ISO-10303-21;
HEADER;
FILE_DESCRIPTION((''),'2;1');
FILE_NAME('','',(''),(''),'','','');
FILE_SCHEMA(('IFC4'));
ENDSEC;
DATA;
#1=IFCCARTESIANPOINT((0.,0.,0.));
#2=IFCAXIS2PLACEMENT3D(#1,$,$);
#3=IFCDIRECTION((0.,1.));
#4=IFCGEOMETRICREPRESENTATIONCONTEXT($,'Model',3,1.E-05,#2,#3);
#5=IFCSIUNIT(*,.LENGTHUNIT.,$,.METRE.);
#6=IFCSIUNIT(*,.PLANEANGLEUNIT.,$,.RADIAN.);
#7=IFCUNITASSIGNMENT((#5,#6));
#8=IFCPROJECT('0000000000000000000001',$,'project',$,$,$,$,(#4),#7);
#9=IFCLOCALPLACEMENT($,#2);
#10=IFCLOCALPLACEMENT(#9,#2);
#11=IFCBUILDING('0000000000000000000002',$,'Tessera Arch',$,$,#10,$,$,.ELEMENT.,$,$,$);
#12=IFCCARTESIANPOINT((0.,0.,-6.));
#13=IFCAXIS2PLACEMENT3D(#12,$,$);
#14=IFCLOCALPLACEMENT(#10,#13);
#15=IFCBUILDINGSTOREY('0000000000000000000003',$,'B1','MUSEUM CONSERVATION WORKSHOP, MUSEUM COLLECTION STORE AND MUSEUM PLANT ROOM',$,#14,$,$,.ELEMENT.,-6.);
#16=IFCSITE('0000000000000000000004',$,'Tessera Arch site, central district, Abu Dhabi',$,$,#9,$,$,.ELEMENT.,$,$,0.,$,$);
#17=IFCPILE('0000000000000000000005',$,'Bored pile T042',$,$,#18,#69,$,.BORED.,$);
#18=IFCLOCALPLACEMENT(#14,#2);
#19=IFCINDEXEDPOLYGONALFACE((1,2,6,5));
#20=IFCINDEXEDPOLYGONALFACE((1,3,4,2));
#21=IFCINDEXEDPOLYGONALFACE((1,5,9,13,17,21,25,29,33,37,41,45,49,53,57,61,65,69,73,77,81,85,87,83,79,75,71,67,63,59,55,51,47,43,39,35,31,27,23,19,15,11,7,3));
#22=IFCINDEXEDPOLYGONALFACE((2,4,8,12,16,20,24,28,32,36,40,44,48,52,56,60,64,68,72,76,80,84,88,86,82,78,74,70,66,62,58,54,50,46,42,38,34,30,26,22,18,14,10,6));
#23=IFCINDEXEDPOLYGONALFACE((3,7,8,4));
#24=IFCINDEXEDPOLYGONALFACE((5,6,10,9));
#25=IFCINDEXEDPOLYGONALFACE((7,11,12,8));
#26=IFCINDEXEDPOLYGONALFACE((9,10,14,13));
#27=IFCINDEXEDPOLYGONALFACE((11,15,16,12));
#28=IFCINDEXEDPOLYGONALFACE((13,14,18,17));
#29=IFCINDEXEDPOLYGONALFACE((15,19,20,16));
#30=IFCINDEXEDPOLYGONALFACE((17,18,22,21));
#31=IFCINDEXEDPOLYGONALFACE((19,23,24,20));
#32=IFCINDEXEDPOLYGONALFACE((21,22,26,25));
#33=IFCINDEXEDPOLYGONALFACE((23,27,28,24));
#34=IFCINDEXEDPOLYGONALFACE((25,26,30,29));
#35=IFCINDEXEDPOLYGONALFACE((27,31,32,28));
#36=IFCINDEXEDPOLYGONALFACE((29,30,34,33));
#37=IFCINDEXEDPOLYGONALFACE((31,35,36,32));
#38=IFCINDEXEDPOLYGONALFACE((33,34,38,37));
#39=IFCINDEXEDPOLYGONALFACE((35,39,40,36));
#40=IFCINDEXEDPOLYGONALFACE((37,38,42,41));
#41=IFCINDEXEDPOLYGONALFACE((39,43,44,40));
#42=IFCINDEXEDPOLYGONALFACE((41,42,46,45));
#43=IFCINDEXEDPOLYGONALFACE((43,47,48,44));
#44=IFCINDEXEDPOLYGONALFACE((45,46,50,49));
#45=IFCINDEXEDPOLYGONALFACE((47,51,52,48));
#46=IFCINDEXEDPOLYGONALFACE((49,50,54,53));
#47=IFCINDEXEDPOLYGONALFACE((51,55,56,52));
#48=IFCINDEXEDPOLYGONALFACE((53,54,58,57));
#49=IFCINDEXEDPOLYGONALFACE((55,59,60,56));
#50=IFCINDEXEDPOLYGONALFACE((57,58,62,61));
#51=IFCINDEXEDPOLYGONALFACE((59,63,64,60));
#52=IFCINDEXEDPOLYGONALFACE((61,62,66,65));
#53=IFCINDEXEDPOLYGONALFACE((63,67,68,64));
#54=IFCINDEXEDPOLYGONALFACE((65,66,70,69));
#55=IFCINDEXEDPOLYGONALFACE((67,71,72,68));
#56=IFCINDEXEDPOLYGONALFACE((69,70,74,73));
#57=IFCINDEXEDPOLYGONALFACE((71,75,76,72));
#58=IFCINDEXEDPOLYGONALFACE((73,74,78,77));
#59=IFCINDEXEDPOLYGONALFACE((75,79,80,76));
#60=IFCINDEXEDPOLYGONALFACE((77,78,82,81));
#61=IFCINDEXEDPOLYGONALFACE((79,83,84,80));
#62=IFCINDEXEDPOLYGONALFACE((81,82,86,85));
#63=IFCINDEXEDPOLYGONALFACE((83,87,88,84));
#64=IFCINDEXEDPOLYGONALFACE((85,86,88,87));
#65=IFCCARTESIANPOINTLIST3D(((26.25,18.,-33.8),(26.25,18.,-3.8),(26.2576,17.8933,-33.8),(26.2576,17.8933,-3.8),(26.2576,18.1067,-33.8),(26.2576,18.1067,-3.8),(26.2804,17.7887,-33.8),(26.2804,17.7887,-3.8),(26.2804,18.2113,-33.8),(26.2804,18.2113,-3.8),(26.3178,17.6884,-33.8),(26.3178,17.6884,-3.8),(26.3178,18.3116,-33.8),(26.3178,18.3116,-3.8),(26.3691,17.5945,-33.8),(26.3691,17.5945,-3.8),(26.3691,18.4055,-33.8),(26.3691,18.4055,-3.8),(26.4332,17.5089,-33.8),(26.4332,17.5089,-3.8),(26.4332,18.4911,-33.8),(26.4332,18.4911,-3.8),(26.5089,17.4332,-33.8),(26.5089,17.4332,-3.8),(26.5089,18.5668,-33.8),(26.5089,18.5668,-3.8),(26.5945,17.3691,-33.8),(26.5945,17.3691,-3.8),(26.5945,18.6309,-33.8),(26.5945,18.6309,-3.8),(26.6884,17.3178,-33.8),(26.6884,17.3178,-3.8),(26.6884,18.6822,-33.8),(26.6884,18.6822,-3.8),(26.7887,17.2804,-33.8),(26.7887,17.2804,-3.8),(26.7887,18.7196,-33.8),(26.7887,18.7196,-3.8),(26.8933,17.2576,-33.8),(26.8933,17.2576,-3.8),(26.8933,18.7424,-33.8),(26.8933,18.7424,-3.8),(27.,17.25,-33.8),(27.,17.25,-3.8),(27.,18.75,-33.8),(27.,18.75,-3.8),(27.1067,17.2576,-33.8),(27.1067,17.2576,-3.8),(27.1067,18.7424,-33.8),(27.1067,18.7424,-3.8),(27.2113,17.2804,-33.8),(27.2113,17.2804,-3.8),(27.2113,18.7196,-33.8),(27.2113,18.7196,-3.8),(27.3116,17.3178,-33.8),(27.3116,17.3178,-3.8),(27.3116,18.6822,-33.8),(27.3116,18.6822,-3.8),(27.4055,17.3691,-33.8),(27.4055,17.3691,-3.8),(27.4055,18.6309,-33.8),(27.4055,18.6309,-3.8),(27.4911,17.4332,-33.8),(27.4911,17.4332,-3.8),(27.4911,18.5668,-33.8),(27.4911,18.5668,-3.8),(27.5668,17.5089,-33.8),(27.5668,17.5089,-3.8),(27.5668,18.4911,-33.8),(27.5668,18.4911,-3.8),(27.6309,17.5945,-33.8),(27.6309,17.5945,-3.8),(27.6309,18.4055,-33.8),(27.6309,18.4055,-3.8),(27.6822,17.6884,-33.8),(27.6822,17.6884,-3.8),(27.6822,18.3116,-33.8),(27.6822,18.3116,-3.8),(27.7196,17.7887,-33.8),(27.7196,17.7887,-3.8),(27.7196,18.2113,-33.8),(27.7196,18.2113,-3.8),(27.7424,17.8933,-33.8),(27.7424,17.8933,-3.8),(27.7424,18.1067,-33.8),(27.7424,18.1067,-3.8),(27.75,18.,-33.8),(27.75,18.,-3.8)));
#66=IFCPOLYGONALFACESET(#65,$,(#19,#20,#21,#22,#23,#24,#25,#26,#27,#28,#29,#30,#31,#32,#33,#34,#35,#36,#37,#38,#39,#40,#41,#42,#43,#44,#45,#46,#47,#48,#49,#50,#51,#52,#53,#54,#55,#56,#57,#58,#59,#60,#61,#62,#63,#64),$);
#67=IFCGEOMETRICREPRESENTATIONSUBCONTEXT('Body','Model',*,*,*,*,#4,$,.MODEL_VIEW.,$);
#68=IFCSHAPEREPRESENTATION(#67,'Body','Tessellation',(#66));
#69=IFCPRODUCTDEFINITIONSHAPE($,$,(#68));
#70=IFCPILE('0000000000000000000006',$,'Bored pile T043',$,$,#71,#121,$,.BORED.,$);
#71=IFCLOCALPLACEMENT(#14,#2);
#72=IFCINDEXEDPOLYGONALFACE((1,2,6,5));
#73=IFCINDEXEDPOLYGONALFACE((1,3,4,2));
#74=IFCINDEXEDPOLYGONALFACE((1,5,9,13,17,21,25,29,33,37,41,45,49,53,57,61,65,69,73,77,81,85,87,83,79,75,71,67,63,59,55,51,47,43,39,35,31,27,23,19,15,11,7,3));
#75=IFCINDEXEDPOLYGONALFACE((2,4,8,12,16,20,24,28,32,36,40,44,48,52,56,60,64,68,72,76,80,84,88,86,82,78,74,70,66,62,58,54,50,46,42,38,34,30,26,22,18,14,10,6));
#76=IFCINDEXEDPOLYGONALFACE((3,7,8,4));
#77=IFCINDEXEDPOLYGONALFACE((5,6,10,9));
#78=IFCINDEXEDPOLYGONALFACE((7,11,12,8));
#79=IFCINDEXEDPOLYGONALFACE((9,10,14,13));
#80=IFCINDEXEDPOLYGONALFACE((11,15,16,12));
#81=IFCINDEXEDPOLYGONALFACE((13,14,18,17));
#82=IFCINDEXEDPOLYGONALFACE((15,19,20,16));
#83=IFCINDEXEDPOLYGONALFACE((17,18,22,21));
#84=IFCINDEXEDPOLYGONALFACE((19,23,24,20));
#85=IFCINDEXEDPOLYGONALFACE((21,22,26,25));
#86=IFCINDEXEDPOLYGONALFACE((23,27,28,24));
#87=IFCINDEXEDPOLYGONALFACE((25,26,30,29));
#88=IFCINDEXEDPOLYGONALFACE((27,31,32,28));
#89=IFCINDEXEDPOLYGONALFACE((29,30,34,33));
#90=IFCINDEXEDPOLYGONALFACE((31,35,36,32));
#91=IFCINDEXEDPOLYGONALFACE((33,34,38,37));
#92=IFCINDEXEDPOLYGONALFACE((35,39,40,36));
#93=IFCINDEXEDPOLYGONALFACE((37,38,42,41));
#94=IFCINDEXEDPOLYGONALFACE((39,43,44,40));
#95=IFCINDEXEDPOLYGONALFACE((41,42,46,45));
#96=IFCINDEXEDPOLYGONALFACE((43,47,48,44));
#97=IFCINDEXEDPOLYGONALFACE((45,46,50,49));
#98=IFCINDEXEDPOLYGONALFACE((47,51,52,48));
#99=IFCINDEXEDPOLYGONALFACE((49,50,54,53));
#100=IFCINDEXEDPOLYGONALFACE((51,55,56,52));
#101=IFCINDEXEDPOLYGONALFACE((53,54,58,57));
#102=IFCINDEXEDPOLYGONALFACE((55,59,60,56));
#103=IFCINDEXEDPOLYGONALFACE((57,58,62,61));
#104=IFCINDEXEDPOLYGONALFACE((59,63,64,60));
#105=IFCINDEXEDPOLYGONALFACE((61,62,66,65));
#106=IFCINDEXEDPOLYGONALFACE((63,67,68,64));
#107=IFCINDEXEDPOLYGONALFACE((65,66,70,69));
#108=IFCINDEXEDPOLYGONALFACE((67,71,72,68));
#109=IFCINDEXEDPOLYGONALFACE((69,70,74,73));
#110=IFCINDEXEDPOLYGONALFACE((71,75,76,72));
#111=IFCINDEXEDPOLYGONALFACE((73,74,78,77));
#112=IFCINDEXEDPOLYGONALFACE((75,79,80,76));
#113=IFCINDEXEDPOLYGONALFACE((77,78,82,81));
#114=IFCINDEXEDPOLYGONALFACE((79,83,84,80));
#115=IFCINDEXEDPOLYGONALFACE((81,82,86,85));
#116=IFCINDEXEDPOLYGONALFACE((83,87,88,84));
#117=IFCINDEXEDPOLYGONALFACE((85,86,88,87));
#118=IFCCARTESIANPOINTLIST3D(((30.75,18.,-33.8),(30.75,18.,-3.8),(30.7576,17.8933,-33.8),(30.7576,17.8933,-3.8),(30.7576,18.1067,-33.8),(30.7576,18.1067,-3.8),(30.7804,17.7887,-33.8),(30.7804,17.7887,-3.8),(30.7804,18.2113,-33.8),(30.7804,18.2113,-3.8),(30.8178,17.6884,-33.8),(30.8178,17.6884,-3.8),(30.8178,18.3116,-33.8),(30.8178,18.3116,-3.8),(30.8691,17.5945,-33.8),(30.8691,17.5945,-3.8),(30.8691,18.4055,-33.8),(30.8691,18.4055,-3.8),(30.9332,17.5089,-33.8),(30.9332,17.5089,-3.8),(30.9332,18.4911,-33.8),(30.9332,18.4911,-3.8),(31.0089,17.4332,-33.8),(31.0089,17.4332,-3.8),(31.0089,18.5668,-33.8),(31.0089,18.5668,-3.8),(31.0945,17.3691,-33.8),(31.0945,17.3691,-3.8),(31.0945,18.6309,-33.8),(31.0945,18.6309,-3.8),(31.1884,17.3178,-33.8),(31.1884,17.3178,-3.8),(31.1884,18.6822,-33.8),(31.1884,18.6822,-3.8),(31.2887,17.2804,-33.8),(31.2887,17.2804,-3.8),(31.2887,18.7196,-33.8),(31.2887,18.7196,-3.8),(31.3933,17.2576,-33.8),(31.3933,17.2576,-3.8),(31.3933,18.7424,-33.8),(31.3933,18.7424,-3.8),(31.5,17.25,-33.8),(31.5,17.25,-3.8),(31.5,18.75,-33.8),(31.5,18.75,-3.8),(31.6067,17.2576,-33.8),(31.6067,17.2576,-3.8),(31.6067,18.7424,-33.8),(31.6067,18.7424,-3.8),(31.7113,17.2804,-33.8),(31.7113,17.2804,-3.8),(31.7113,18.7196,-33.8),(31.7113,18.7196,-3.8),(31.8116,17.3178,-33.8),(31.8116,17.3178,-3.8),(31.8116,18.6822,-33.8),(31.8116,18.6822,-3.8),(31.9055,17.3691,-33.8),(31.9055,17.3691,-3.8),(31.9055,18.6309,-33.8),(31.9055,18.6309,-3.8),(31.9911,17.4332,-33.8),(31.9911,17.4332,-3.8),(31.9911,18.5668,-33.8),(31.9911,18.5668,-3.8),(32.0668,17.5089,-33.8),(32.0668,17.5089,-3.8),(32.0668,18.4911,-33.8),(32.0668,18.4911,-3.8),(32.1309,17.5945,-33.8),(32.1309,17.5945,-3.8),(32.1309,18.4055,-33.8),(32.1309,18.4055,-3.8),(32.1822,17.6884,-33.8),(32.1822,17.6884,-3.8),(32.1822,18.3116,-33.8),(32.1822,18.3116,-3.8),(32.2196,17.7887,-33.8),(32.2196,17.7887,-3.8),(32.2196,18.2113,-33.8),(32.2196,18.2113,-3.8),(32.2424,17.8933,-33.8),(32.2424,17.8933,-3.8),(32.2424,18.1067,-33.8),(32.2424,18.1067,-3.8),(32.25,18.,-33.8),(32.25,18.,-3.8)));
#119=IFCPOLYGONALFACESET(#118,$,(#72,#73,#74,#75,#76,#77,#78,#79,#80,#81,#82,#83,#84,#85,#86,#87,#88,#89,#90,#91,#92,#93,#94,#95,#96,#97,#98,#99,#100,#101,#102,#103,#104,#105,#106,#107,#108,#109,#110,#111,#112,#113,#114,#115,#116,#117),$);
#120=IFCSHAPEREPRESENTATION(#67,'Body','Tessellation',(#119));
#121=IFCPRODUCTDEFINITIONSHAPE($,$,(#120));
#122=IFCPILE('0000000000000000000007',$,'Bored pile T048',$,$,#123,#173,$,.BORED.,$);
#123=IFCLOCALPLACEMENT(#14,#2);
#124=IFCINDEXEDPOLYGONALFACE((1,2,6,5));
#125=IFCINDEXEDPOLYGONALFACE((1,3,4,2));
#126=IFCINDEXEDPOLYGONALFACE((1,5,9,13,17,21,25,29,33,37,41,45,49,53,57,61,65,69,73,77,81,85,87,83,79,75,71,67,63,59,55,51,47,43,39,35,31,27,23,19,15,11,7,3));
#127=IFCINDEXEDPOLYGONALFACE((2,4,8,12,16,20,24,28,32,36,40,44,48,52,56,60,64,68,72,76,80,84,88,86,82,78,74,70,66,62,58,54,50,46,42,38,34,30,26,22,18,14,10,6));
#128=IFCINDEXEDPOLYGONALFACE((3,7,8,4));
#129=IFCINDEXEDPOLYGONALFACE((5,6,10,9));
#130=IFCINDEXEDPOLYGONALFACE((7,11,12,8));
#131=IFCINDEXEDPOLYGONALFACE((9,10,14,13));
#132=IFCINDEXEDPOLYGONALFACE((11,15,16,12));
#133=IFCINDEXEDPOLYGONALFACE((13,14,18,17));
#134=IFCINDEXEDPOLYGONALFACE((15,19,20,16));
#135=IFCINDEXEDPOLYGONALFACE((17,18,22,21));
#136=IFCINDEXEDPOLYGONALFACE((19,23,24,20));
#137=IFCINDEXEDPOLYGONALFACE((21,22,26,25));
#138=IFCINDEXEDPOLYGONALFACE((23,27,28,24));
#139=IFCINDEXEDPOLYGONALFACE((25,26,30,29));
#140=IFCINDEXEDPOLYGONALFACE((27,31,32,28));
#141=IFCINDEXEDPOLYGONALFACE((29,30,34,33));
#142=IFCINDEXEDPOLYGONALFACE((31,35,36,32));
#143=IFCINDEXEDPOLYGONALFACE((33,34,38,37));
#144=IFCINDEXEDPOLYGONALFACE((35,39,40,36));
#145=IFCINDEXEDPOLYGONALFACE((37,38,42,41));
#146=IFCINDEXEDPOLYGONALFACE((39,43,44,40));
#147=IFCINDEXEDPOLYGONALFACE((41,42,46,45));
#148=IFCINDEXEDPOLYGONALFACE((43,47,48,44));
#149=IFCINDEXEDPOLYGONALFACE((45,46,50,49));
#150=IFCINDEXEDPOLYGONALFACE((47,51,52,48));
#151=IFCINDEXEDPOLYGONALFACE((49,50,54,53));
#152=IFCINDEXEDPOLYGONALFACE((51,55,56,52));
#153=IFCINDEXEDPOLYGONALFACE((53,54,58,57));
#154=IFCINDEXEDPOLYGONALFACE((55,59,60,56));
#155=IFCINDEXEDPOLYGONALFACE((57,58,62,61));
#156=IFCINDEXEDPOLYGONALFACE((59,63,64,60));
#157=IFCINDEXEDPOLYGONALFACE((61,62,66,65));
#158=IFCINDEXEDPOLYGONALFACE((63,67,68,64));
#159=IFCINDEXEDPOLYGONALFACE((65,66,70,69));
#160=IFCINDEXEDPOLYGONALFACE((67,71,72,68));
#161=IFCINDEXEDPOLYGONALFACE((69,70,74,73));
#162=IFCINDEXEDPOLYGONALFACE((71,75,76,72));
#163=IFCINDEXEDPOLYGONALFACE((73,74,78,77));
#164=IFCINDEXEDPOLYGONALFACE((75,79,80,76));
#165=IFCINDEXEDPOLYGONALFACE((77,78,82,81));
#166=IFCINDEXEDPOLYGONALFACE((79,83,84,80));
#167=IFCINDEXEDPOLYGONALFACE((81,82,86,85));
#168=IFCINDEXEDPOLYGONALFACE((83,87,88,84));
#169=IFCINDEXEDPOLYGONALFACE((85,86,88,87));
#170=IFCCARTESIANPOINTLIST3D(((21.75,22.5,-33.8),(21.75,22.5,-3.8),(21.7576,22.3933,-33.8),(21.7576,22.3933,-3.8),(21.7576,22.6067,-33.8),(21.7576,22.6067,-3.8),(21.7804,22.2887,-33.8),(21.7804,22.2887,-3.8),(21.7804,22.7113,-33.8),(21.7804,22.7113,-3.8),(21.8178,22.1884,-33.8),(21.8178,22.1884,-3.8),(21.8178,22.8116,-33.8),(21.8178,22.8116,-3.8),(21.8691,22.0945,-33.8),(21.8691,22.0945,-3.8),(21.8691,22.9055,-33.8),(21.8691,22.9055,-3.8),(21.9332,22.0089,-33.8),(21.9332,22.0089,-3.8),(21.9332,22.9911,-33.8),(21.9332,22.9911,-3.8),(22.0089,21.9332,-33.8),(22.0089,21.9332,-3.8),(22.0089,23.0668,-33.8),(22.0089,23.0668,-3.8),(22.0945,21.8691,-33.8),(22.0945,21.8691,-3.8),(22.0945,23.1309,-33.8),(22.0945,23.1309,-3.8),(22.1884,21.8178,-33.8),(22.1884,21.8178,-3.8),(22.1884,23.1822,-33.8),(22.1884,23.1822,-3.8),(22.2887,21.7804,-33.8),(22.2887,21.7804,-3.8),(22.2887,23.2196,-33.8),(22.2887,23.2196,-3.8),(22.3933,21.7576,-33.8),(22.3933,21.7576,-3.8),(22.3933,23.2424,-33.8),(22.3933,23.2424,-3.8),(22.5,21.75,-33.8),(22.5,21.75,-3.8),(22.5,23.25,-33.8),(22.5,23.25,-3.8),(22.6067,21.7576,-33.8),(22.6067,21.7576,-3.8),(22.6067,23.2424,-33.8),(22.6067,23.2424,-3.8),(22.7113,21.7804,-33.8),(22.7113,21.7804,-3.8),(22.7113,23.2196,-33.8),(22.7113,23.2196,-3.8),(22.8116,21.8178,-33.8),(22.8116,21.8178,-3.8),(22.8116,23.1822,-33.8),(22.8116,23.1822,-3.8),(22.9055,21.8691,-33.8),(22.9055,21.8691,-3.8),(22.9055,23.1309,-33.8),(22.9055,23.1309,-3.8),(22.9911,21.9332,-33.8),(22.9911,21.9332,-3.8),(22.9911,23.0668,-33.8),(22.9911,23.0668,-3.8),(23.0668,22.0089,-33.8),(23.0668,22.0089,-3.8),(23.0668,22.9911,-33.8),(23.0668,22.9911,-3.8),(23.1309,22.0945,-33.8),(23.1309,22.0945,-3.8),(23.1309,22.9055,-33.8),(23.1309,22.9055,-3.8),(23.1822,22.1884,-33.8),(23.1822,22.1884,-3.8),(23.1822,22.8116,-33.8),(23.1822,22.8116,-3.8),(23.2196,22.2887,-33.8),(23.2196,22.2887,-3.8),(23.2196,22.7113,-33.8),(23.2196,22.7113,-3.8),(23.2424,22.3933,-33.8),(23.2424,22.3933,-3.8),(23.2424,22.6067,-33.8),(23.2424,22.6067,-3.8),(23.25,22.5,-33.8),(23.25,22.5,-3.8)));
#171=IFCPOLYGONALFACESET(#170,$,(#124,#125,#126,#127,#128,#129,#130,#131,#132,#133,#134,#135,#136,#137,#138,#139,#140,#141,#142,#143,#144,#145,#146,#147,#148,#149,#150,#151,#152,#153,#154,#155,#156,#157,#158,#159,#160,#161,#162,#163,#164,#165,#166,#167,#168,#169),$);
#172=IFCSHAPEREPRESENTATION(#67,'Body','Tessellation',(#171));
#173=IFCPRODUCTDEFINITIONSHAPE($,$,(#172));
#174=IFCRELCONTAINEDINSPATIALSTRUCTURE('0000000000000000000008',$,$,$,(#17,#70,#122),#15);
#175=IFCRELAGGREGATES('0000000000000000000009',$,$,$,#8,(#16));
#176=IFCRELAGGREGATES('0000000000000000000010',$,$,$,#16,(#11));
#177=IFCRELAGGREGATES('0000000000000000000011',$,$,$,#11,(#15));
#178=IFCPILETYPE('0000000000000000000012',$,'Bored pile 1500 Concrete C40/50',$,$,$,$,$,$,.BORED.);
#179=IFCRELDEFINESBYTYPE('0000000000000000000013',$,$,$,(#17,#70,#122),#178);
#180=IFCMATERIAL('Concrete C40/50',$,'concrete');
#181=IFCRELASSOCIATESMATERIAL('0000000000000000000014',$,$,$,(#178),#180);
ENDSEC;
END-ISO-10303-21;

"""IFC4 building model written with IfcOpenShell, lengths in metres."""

from ifc_helpers import new_model, si_unit, direction, frame, origin, origin_2d, place, context, subcontext, project, spatial, circle, extrude, material, type_object, element, save


model = new_model("IFC4")

# Units and contexts
model_context = context("Model", 3, precision=1e-05, world=origin(), true_north=direction((0.0, 1.0)))
body_context = subcontext(model_context, "Body", "Model", "MODEL_VIEW")
ifc_project = project(units=[si_unit("LENGTHUNIT", "METRE"), si_unit("PLANEANGLEUNIT", "RADIAN")], contexts=[model_context])

# Site, building, storey
site_placement = place(None, origin())
site = spatial("IfcSite", under=ifc_project, at=site_placement, Name="Tessera Arch site, central district, Abu Dhabi", CompositionType="ELEMENT", RefElevation=0.0)
building_placement = place(site_placement, origin())
building = spatial("IfcBuilding", under=site, at=building_placement, Name="Tessera Arch", CompositionType="ELEMENT")
storey_placement = place(building_placement, frame((0.0, 0.0, -6.0)))
storey = spatial("IfcBuildingStorey", under=building, at=storey_placement, Name="B1", Description="MUSEUM CONSERVATION WORKSHOP, MUSEUM COLLECTION STORE AND MUSEUM PLANT ROOM", CompositionType="ELEMENT", Elevation=-6.0)

# Piles
ifc_material_1 = material(Name="Concrete C40/50", Category="concrete")
pile_type = type_object("IfcPileType", Name="Bored pile 1500 Concrete C40/50", PredefinedType="BORED", material=ifc_material_1)
for number, where, z_axis, x_axis, name in (
    (1, (27.0, 18.0, -3.8), (0.0, 0.0, -1.0), (1.0, 0.0, 0.0), "Bored pile T042"),
    (2, (31.5, 18.0, -3.8), (0.0, 0.0, -1.0), (1.0, 0.0, 0.0), "Bored pile T043"),
    (3, (22.5, 22.5, -3.8), (0.0, 0.0, -1.0), (1.0, 0.0, 0.0), "Bored pile T048"),
):
    element("IfcPile", number, at=place(storey_placement, frame(where, z_axis=z_axis, x_axis=x_axis)), inside=storey, type_object=pile_type, Name=name, PredefinedType="BORED", context=body_context, shape_type="SweptSolid", body=[
        extrude(circle(Radius=0.75, at=origin_2d()), origin(), (0.0, 0.0, 1.0), 30.0),
    ])

save(model, "model.ifc")
